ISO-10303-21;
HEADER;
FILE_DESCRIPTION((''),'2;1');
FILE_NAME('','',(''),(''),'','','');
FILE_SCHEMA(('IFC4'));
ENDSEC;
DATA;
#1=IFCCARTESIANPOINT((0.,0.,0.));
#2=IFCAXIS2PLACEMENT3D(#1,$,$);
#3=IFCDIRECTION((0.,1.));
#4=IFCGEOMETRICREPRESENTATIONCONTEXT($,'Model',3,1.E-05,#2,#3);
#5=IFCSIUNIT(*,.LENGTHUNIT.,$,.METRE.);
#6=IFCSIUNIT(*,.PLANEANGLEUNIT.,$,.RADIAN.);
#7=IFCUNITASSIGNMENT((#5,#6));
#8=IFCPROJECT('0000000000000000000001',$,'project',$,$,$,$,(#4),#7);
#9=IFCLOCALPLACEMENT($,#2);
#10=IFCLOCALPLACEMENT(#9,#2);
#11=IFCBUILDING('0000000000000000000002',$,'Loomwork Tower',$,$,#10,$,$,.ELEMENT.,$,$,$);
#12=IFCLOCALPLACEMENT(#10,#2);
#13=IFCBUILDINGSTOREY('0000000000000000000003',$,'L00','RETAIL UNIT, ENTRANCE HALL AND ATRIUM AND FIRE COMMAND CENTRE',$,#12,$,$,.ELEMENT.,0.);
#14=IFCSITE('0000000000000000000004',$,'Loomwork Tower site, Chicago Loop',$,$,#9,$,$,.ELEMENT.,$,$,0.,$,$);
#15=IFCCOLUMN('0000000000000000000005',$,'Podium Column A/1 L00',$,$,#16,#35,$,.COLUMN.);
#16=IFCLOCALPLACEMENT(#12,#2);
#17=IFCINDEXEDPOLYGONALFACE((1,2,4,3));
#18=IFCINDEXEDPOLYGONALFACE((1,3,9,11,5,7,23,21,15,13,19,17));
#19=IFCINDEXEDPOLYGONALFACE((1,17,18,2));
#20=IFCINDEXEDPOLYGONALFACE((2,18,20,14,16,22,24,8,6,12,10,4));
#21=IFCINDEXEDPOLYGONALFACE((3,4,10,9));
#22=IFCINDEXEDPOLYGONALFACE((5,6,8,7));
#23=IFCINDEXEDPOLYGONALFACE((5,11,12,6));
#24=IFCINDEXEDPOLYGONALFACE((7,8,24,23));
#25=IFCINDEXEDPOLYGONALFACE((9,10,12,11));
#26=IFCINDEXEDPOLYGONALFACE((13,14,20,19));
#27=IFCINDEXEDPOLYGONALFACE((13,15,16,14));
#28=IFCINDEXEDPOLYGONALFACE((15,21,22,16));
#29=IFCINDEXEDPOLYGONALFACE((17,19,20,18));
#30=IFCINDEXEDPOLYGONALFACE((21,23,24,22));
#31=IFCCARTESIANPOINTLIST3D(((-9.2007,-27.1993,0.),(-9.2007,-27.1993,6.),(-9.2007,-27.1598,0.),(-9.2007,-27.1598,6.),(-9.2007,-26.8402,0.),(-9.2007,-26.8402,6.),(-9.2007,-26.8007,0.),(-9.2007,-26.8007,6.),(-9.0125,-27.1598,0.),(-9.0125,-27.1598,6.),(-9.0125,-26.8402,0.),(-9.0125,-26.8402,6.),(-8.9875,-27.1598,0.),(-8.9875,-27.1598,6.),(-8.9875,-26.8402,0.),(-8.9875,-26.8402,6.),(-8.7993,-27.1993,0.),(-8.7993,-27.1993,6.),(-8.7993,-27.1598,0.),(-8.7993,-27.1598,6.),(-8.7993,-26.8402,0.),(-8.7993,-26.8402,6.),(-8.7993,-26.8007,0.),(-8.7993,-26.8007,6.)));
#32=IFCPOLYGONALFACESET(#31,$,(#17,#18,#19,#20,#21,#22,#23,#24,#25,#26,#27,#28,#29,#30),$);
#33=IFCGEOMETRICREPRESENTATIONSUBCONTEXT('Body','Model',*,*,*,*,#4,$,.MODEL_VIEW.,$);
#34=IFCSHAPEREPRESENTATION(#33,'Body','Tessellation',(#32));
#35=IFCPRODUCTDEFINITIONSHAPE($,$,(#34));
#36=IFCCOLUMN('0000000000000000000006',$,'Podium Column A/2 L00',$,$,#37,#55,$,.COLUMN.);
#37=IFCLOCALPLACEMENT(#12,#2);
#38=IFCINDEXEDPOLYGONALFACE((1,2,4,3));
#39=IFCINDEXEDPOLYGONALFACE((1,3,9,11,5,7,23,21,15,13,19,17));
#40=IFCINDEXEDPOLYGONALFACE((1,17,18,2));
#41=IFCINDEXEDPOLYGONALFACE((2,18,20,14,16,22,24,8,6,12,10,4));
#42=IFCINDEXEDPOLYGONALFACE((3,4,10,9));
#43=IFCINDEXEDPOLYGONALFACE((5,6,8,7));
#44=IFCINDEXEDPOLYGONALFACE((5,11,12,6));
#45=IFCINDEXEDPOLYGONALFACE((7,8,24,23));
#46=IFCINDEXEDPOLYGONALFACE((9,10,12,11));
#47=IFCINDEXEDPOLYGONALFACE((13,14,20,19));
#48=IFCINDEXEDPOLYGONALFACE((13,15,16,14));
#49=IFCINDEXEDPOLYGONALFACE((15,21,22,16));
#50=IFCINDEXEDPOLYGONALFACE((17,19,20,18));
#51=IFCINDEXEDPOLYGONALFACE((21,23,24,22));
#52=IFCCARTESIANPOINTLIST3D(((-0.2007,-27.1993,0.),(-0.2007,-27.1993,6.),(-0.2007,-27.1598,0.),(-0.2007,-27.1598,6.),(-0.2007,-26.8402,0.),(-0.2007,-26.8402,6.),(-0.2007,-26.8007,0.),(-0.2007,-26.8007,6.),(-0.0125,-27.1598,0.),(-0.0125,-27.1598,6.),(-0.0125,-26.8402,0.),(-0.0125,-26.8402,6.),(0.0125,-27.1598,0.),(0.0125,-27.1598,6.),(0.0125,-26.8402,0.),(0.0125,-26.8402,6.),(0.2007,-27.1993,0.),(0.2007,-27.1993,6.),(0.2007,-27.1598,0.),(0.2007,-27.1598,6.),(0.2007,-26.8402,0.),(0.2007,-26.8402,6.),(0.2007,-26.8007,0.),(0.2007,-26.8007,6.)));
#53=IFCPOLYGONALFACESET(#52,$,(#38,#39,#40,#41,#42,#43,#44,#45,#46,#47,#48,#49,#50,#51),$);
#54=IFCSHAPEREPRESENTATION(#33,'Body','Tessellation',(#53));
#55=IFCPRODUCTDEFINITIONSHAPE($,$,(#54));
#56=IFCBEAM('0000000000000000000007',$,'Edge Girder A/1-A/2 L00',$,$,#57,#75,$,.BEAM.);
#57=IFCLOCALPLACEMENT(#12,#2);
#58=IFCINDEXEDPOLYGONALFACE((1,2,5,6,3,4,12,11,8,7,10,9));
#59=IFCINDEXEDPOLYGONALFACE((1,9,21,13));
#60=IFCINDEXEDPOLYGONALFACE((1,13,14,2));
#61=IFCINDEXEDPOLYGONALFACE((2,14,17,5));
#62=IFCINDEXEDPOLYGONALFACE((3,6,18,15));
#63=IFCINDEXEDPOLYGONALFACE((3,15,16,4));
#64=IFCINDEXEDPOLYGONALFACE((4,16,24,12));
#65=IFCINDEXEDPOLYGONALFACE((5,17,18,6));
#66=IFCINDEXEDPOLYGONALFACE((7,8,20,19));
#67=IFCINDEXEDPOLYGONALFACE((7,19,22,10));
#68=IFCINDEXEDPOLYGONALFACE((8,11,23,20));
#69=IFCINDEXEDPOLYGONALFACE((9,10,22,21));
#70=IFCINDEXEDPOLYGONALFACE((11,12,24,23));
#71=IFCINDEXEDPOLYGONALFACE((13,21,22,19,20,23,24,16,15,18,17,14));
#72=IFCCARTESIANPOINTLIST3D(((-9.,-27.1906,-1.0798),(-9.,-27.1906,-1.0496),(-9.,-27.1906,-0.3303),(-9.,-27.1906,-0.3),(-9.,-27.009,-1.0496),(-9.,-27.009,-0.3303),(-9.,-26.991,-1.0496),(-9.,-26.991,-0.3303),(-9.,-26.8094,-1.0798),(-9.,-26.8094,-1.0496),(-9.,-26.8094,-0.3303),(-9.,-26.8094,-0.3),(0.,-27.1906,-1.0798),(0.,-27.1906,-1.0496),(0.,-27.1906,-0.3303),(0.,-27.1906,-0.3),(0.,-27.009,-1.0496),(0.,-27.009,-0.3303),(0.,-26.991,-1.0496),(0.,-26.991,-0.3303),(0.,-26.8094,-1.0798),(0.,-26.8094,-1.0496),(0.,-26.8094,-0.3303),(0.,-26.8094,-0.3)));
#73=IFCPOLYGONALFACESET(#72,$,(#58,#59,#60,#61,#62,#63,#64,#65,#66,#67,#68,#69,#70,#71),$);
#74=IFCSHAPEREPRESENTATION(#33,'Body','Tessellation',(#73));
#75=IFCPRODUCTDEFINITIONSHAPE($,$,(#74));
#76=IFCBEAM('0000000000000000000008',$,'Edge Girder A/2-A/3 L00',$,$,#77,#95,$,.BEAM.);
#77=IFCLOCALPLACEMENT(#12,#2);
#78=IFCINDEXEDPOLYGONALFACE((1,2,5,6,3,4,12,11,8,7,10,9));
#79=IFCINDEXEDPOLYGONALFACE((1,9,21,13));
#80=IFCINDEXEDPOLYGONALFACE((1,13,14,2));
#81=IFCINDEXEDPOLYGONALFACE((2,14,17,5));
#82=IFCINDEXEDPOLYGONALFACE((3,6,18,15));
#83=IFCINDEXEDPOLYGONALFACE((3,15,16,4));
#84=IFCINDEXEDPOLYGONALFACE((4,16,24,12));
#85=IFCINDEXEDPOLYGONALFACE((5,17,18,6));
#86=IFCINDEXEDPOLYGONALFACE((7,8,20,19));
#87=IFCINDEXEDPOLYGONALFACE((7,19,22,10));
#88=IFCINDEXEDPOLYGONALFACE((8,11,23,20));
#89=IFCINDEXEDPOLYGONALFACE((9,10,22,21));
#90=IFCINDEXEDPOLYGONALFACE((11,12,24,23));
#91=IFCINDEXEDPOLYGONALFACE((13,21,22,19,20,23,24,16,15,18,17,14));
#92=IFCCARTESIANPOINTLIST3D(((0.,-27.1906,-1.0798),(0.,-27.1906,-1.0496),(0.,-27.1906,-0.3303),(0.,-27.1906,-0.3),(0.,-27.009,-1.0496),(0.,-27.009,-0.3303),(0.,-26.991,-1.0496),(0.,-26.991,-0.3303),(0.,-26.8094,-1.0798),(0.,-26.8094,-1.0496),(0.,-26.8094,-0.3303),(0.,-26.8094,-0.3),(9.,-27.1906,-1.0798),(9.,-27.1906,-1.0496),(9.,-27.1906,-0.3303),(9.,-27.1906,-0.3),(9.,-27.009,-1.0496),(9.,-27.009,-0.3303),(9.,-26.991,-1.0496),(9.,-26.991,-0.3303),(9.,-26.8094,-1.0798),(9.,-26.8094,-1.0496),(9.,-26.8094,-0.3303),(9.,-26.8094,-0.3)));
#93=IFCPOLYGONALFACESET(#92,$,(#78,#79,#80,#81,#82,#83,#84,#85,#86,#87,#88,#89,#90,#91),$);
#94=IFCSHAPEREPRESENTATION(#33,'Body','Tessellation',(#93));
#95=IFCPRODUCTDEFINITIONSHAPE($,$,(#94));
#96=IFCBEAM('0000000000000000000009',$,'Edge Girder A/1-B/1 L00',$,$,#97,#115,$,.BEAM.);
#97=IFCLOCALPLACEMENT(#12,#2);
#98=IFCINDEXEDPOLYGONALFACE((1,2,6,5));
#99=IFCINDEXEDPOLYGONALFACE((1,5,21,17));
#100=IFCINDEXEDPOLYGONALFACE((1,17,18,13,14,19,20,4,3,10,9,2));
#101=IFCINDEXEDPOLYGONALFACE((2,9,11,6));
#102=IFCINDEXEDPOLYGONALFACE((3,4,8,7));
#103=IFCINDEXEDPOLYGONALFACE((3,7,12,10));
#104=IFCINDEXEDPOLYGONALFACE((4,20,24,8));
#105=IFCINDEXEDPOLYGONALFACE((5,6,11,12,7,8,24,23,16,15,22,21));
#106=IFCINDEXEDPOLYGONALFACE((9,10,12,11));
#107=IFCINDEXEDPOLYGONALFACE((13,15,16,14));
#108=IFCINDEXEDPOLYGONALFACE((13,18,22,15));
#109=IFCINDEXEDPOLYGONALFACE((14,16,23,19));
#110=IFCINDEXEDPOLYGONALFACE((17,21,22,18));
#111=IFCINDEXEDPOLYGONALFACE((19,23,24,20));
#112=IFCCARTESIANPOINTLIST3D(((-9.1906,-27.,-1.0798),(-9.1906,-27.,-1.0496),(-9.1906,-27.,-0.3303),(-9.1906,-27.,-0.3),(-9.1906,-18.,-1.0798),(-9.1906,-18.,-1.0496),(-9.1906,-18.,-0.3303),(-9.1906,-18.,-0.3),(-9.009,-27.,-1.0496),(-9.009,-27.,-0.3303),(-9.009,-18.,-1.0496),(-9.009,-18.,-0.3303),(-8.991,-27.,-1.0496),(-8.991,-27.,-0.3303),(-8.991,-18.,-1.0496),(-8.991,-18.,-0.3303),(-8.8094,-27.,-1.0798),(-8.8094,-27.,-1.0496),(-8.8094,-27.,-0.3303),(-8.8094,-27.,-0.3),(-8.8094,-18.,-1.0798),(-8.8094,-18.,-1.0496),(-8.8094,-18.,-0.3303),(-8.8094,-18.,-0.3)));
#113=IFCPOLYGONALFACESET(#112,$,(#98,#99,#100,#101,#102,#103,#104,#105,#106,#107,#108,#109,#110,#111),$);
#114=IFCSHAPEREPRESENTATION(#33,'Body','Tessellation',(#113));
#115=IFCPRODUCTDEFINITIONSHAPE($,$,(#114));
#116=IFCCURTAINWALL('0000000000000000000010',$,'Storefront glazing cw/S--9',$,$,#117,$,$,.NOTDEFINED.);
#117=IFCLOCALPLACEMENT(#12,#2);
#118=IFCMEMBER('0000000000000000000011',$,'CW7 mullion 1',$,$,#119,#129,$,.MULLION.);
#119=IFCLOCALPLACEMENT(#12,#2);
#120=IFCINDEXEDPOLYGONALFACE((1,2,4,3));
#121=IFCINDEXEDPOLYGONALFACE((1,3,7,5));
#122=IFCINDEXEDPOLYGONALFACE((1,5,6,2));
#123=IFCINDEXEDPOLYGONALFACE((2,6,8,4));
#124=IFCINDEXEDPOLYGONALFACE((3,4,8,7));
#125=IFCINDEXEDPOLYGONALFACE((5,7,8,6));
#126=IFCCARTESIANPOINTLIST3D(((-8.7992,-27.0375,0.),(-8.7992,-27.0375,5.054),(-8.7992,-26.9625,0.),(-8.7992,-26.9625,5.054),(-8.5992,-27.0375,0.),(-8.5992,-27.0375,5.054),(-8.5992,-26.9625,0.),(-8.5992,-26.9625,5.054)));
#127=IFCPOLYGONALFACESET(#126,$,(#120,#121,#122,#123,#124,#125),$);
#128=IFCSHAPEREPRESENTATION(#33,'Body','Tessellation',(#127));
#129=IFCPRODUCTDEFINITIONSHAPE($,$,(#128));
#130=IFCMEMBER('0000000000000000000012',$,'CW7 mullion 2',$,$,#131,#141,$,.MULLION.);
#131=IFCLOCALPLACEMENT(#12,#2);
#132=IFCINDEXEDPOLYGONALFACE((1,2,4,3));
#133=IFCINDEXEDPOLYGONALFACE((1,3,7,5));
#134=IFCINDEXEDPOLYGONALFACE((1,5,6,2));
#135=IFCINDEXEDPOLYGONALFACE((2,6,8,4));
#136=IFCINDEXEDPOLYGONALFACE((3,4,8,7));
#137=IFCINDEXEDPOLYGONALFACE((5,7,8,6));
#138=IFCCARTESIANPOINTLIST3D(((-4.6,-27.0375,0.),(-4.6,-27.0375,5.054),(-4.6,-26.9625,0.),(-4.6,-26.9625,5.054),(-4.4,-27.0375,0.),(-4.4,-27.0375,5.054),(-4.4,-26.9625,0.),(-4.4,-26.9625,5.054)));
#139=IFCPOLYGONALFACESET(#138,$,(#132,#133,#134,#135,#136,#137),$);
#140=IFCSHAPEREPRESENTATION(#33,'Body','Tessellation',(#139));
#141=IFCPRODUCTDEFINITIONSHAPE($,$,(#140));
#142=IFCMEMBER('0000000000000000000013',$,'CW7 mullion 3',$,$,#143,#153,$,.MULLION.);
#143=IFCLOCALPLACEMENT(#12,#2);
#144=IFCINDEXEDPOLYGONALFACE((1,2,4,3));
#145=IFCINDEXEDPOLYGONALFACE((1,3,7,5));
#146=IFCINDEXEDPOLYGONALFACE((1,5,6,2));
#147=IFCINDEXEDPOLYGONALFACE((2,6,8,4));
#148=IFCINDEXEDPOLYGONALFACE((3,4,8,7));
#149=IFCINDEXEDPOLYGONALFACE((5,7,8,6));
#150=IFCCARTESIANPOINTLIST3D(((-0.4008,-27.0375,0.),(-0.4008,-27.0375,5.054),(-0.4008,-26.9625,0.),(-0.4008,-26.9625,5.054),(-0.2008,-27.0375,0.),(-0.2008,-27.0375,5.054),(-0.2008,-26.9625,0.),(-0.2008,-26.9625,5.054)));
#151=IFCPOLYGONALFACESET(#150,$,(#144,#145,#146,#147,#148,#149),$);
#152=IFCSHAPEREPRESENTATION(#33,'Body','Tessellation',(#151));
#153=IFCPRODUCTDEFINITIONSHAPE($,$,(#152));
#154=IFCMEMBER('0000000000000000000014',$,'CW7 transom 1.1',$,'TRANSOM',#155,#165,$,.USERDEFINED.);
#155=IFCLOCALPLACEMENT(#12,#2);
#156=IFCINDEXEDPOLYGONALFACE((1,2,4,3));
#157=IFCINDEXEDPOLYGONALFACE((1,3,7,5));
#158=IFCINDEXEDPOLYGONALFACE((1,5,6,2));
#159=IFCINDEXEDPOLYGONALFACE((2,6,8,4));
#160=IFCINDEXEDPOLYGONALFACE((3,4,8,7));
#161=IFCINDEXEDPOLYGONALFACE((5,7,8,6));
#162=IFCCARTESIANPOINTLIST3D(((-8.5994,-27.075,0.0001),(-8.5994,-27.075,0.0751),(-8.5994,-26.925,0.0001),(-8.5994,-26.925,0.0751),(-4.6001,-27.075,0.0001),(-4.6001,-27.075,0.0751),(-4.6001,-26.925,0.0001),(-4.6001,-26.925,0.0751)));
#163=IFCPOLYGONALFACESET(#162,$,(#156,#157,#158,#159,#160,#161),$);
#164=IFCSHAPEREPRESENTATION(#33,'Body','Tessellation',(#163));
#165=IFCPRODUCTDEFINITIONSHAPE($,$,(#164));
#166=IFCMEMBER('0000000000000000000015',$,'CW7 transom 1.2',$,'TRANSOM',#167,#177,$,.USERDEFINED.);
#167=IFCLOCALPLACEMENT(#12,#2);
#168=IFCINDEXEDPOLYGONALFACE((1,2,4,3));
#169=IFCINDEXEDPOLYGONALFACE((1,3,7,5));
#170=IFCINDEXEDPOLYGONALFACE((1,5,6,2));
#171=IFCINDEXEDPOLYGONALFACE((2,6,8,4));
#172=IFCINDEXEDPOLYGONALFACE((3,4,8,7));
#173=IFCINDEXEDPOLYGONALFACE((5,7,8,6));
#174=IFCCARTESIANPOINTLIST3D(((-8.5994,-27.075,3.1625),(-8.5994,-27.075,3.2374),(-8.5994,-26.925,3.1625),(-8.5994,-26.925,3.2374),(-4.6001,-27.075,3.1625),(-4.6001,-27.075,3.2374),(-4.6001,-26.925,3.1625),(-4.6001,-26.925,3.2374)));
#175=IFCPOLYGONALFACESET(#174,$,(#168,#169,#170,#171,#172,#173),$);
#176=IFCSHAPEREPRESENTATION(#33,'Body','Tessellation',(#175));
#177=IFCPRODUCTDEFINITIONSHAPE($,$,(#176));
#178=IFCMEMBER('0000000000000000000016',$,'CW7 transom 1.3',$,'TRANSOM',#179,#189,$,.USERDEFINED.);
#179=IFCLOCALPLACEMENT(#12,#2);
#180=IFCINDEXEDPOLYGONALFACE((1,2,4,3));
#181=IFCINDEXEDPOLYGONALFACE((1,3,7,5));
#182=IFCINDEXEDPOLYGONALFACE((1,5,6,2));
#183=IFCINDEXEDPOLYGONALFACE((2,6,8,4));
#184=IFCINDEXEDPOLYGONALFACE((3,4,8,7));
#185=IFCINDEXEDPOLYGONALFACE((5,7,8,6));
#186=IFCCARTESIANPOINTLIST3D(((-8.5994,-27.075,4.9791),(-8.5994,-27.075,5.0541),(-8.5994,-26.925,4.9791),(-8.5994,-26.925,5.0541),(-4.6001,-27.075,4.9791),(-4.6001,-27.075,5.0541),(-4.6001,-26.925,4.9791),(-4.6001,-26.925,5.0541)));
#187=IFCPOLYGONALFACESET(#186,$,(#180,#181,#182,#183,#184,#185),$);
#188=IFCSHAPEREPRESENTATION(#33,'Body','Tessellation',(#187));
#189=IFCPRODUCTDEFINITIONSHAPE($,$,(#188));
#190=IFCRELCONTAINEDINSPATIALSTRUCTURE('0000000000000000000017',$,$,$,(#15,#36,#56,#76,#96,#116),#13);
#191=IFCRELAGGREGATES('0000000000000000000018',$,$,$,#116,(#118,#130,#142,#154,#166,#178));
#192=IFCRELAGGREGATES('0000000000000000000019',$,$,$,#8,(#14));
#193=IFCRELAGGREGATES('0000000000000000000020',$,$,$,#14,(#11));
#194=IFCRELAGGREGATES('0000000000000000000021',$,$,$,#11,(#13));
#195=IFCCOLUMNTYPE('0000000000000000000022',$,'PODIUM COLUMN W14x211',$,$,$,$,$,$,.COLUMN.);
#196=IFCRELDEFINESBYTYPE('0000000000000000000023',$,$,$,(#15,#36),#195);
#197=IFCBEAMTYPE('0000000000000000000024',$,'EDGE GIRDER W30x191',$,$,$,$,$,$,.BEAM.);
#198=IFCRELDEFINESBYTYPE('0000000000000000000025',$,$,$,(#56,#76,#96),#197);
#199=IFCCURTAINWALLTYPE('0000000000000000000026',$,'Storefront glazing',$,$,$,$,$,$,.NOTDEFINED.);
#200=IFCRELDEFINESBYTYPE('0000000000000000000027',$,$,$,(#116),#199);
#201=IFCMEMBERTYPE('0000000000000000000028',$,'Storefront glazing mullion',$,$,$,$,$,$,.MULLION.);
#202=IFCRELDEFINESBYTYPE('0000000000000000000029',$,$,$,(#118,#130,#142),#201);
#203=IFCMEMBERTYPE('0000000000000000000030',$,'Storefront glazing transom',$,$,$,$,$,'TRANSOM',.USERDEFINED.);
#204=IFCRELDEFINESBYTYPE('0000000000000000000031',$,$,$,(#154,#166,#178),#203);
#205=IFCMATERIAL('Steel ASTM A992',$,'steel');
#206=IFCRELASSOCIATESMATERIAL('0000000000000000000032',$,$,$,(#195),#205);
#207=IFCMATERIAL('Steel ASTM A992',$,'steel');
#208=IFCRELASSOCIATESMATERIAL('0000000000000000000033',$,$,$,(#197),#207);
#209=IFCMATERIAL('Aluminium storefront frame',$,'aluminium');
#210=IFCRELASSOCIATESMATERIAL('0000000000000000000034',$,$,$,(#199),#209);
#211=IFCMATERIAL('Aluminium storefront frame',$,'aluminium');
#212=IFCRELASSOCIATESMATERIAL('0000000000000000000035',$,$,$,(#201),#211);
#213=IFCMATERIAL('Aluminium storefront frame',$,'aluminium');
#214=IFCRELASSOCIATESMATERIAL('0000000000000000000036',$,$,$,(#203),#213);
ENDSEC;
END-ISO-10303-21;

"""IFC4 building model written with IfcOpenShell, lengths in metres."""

from ifc_helpers import new_model, si_unit, direction, frame, origin, origin_2d, place, context, subcontext, project, spatial, rectangle, i_section, extrude, material, material_profile, profile_set, type_object, element, aggregate, save


model = new_model("IFC4")

# Units and contexts
model_context = context("Model", 3, precision=1e-05, world=origin(), true_north=direction((0.0, 1.0)))
body_context = subcontext(model_context, "Body", "Model", "MODEL_VIEW")
ifc_project = project(units=[si_unit("LENGTHUNIT", "METRE"), si_unit("PLANEANGLEUNIT", "RADIAN")], contexts=[model_context])

# Site, building, storey
site_placement = place(None, origin())
site = spatial("IfcSite", under=ifc_project, at=site_placement, Name="Loomwork Tower site, Chicago Loop", CompositionType="ELEMENT", RefElevation=0.0)
building_placement = place(site_placement, origin())
building = spatial("IfcBuilding", under=site, at=building_placement, Name="Loomwork Tower", CompositionType="ELEMENT")
storey_placement = place(building_placement, origin())
storey = spatial("IfcBuildingStorey", under=building, at=storey_placement, Name="L00", Description="RETAIL UNIT, ENTRANCE HALL AND ATRIUM AND FIRE COMMAND CENTRE", CompositionType="ELEMENT", Elevation=0.0)

# Columns
ifc_material_1 = material(Name="Steel ASTM A992", Category="steel")
ifc_material_profile_1 = material_profile(ifc_material_1, i_section(OverallWidth=0.4014, OverallDepth=0.3987, WebThickness=0.0249, FlangeThickness=0.0396, at=origin_2d()), Name="W14x211")
ifc_profile_set_1 = profile_set([ifc_material_profile_1], Name="Steel ASTM A992")
column_type = type_object("IfcColumnType", Name="PODIUM COLUMN W14x211", PredefinedType="COLUMN", material=ifc_profile_set_1)
for number, where, z_axis, x_axis, name in (
    (1, (-9.0, -27.0, 0.0), (0.0, 0.0, 1.0), (1.0, 0.0, 0.0), "Podium Column A/1 L00"),
    (2, (0.0, -27.0, 0.0), (0.0, 0.0, 1.0), (1.0, 0.0, 0.0), "Podium Column A/2 L00"),
):
    element("IfcColumn", number, at=place(storey_placement, frame(where, z_axis=z_axis, x_axis=x_axis)), inside=storey, type_object=column_type, Name=name, PredefinedType="COLUMN", context=body_context, shape_type="SweptSolid", body=[
        extrude(i_section(OverallWidth=0.4014, OverallDepth=0.3987, WebThickness=0.0249, FlangeThickness=0.0396, at=origin_2d()), origin(), (0.0, 0.0, 1.0), 6.0),
    ])

# Beams
ifc_material_2 = material(Name="Steel ASTM A992", Category="steel")
ifc_material_profile_2 = material_profile(ifc_material_2, i_section(OverallWidth=0.3811, OverallDepth=0.7798, WebThickness=0.0181, FlangeThickness=0.0303, at=origin_2d()), Name="W30x191")
ifc_profile_set_2 = profile_set([ifc_material_profile_2], Name="Steel ASTM A992")
beam_type = type_object("IfcBeamType", Name="EDGE GIRDER W30x191", PredefinedType="BEAM", material=ifc_profile_set_2)
for number, where, z_axis, x_axis, name in (
    (3, (-9.0, -27.0, -0.6899), (1.0, 0.0, 0.0), (0.0, 1.0, 0.0), "Edge Girder A/1-A/2 L00"),
    (4, (0.0, -27.0, -0.6899), (1.0, 0.0, 0.0), (0.0, 1.0, 0.0), "Edge Girder A/2-A/3 L00"),
    (5, (-9.0, -27.0, -0.6899), (0.0, 1.0, 0.0), (-1.0, 0.0, 0.0), "Edge Girder A/1-B/1 L00"),
):
    element("IfcBeam", number, at=place(storey_placement, frame(where, z_axis=z_axis, x_axis=x_axis)), inside=storey, type_object=beam_type, Name=name, PredefinedType="BEAM", context=body_context, shape_type="SweptSolid", body=[
        extrude(i_section(OverallWidth=0.3811, OverallDepth=0.7798, WebThickness=0.0181, FlangeThickness=0.0303, at=origin_2d()), origin(), (0.0, 0.0, 1.0), 9.0),
    ])

# Curtain wall, members
ifc_material_3 = material(Name="Aluminium storefront frame", Category="aluminium")
curtain_wall_type = type_object("IfcCurtainWallType", Name="Storefront glazing", PredefinedType="NOTDEFINED", material=ifc_material_3)
curtain_wall_placement = place(storey_placement, origin())
curtain_wall = element("IfcCurtainWall", 6, at=curtain_wall_placement, inside=storey, type_object=curtain_wall_type, Name="Storefront glazing cw/S--9", PredefinedType="NOTDEFINED")
ifc_material_4 = material(Name="Aluminium storefront frame", Category="aluminium")
ifc_material_profile_3 = material_profile(ifc_material_4, rectangle(XDim=0.075, YDim=0.2, at=origin_2d()), Name="AL 75x200")
ifc_profile_set_3 = profile_set([ifc_material_profile_3], Name="Aluminium storefront frame")
member_type_1 = type_object("IfcMemberType", Name="Storefront glazing mullion", PredefinedType="MULLION", material=ifc_profile_set_3)
member_1_placement = place(storey_placement, frame((-8.6992, -27.0, 0.0), z_axis=(0.0, 0.0, 1.0), x_axis=(0.0, 1.0, 0.0)))
member_1 = element("IfcMember", 7, at=member_1_placement, type_object=member_type_1, Name="CW7 mullion 1", PredefinedType="MULLION", context=body_context, shape_type="SweptSolid", body=[
    extrude(rectangle(XDim=0.075, YDim=0.2, at=origin_2d()), origin(), (0.0, 0.0, 1.0), 5.054),
])
member_2_placement = place(storey_placement, frame((-4.5, -27.0, 0.0), z_axis=(0.0, 0.0, 1.0), x_axis=(0.0, 1.0, 0.0)))
member_2 = element("IfcMember", 8, at=member_2_placement, type_object=member_type_1, Name="CW7 mullion 2", PredefinedType="MULLION", context=body_context, shape_type="SweptSolid", body=[
    extrude(rectangle(XDim=0.075, YDim=0.2, at=origin_2d()), origin(), (0.0, 0.0, 1.0), 5.054),
])
member_3_placement = place(storey_placement, frame((-0.3008, -27.0, 0.0), z_axis=(0.0, 0.0, 1.0), x_axis=(0.0, 1.0, 0.0)))
member_3 = element("IfcMember", 9, at=member_3_placement, type_object=member_type_1, Name="CW7 mullion 3", PredefinedType="MULLION", context=body_context, shape_type="SweptSolid", body=[
    extrude(rectangle(XDim=0.075, YDim=0.2, at=origin_2d()), origin(), (0.0, 0.0, 1.0), 5.054),
])
ifc_material_5 = material(Name="Aluminium storefront frame", Category="aluminium")
ifc_material_profile_4 = material_profile(ifc_material_5, rectangle(XDim=0.1499, YDim=0.075, at=origin_2d()), Name="AL 75x150")
ifc_profile_set_4 = profile_set([ifc_material_profile_4], Name="Aluminium storefront frame")
member_type_2 = type_object("IfcMemberType", Name="Storefront glazing transom", ElementType="TRANSOM", PredefinedType="USERDEFINED", material=ifc_profile_set_4)
member_4_placement = place(storey_placement, frame((-8.5994, -27.0, 0.0376), z_axis=(1.0, 0.0, 0.0), x_axis=(0.0, 1.0, 0.0)))
member_4 = element("IfcMember", 10, at=member_4_placement, type_object=member_type_2, Name="CW7 transom 1.1", ObjectType="TRANSOM", PredefinedType="USERDEFINED", context=body_context, shape_type="SweptSolid", body=[
    extrude(rectangle(XDim=0.1499, YDim=0.075, at=origin_2d()), origin(), (0.0, 0.0, 1.0), 3.9993),
])
member_5_placement = place(storey_placement, frame((-8.5994, -27.0, 3.2), z_axis=(1.0, 0.0, 0.0), x_axis=(0.0, 1.0, 0.0)))
member_5 = element("IfcMember", 11, at=member_5_placement, type_object=member_type_2, Name="CW7 transom 1.2", ObjectType="TRANSOM", PredefinedType="USERDEFINED", context=body_context, shape_type="SweptSolid", body=[
    extrude(rectangle(XDim=0.1499, YDim=0.075, at=origin_2d()), origin(), (0.0, 0.0, 1.0), 3.9993),
])
member_6_placement = place(storey_placement, frame((-8.5994, -27.0, 5.0166), z_axis=(1.0, 0.0, 0.0), x_axis=(0.0, 1.0, 0.0)))
member_6 = element("IfcMember", 12, at=member_6_placement, type_object=member_type_2, Name="CW7 transom 1.3", ObjectType="TRANSOM", PredefinedType="USERDEFINED", context=body_context, shape_type="SweptSolid", body=[
    extrude(rectangle(XDim=0.1499, YDim=0.075, at=origin_2d()), origin(), (0.0, 0.0, 1.0), 3.9993),
])
aggregate(curtain_wall, [member_1, member_2, member_3, member_4, member_5, member_6])

save(model, "model.ifc")
